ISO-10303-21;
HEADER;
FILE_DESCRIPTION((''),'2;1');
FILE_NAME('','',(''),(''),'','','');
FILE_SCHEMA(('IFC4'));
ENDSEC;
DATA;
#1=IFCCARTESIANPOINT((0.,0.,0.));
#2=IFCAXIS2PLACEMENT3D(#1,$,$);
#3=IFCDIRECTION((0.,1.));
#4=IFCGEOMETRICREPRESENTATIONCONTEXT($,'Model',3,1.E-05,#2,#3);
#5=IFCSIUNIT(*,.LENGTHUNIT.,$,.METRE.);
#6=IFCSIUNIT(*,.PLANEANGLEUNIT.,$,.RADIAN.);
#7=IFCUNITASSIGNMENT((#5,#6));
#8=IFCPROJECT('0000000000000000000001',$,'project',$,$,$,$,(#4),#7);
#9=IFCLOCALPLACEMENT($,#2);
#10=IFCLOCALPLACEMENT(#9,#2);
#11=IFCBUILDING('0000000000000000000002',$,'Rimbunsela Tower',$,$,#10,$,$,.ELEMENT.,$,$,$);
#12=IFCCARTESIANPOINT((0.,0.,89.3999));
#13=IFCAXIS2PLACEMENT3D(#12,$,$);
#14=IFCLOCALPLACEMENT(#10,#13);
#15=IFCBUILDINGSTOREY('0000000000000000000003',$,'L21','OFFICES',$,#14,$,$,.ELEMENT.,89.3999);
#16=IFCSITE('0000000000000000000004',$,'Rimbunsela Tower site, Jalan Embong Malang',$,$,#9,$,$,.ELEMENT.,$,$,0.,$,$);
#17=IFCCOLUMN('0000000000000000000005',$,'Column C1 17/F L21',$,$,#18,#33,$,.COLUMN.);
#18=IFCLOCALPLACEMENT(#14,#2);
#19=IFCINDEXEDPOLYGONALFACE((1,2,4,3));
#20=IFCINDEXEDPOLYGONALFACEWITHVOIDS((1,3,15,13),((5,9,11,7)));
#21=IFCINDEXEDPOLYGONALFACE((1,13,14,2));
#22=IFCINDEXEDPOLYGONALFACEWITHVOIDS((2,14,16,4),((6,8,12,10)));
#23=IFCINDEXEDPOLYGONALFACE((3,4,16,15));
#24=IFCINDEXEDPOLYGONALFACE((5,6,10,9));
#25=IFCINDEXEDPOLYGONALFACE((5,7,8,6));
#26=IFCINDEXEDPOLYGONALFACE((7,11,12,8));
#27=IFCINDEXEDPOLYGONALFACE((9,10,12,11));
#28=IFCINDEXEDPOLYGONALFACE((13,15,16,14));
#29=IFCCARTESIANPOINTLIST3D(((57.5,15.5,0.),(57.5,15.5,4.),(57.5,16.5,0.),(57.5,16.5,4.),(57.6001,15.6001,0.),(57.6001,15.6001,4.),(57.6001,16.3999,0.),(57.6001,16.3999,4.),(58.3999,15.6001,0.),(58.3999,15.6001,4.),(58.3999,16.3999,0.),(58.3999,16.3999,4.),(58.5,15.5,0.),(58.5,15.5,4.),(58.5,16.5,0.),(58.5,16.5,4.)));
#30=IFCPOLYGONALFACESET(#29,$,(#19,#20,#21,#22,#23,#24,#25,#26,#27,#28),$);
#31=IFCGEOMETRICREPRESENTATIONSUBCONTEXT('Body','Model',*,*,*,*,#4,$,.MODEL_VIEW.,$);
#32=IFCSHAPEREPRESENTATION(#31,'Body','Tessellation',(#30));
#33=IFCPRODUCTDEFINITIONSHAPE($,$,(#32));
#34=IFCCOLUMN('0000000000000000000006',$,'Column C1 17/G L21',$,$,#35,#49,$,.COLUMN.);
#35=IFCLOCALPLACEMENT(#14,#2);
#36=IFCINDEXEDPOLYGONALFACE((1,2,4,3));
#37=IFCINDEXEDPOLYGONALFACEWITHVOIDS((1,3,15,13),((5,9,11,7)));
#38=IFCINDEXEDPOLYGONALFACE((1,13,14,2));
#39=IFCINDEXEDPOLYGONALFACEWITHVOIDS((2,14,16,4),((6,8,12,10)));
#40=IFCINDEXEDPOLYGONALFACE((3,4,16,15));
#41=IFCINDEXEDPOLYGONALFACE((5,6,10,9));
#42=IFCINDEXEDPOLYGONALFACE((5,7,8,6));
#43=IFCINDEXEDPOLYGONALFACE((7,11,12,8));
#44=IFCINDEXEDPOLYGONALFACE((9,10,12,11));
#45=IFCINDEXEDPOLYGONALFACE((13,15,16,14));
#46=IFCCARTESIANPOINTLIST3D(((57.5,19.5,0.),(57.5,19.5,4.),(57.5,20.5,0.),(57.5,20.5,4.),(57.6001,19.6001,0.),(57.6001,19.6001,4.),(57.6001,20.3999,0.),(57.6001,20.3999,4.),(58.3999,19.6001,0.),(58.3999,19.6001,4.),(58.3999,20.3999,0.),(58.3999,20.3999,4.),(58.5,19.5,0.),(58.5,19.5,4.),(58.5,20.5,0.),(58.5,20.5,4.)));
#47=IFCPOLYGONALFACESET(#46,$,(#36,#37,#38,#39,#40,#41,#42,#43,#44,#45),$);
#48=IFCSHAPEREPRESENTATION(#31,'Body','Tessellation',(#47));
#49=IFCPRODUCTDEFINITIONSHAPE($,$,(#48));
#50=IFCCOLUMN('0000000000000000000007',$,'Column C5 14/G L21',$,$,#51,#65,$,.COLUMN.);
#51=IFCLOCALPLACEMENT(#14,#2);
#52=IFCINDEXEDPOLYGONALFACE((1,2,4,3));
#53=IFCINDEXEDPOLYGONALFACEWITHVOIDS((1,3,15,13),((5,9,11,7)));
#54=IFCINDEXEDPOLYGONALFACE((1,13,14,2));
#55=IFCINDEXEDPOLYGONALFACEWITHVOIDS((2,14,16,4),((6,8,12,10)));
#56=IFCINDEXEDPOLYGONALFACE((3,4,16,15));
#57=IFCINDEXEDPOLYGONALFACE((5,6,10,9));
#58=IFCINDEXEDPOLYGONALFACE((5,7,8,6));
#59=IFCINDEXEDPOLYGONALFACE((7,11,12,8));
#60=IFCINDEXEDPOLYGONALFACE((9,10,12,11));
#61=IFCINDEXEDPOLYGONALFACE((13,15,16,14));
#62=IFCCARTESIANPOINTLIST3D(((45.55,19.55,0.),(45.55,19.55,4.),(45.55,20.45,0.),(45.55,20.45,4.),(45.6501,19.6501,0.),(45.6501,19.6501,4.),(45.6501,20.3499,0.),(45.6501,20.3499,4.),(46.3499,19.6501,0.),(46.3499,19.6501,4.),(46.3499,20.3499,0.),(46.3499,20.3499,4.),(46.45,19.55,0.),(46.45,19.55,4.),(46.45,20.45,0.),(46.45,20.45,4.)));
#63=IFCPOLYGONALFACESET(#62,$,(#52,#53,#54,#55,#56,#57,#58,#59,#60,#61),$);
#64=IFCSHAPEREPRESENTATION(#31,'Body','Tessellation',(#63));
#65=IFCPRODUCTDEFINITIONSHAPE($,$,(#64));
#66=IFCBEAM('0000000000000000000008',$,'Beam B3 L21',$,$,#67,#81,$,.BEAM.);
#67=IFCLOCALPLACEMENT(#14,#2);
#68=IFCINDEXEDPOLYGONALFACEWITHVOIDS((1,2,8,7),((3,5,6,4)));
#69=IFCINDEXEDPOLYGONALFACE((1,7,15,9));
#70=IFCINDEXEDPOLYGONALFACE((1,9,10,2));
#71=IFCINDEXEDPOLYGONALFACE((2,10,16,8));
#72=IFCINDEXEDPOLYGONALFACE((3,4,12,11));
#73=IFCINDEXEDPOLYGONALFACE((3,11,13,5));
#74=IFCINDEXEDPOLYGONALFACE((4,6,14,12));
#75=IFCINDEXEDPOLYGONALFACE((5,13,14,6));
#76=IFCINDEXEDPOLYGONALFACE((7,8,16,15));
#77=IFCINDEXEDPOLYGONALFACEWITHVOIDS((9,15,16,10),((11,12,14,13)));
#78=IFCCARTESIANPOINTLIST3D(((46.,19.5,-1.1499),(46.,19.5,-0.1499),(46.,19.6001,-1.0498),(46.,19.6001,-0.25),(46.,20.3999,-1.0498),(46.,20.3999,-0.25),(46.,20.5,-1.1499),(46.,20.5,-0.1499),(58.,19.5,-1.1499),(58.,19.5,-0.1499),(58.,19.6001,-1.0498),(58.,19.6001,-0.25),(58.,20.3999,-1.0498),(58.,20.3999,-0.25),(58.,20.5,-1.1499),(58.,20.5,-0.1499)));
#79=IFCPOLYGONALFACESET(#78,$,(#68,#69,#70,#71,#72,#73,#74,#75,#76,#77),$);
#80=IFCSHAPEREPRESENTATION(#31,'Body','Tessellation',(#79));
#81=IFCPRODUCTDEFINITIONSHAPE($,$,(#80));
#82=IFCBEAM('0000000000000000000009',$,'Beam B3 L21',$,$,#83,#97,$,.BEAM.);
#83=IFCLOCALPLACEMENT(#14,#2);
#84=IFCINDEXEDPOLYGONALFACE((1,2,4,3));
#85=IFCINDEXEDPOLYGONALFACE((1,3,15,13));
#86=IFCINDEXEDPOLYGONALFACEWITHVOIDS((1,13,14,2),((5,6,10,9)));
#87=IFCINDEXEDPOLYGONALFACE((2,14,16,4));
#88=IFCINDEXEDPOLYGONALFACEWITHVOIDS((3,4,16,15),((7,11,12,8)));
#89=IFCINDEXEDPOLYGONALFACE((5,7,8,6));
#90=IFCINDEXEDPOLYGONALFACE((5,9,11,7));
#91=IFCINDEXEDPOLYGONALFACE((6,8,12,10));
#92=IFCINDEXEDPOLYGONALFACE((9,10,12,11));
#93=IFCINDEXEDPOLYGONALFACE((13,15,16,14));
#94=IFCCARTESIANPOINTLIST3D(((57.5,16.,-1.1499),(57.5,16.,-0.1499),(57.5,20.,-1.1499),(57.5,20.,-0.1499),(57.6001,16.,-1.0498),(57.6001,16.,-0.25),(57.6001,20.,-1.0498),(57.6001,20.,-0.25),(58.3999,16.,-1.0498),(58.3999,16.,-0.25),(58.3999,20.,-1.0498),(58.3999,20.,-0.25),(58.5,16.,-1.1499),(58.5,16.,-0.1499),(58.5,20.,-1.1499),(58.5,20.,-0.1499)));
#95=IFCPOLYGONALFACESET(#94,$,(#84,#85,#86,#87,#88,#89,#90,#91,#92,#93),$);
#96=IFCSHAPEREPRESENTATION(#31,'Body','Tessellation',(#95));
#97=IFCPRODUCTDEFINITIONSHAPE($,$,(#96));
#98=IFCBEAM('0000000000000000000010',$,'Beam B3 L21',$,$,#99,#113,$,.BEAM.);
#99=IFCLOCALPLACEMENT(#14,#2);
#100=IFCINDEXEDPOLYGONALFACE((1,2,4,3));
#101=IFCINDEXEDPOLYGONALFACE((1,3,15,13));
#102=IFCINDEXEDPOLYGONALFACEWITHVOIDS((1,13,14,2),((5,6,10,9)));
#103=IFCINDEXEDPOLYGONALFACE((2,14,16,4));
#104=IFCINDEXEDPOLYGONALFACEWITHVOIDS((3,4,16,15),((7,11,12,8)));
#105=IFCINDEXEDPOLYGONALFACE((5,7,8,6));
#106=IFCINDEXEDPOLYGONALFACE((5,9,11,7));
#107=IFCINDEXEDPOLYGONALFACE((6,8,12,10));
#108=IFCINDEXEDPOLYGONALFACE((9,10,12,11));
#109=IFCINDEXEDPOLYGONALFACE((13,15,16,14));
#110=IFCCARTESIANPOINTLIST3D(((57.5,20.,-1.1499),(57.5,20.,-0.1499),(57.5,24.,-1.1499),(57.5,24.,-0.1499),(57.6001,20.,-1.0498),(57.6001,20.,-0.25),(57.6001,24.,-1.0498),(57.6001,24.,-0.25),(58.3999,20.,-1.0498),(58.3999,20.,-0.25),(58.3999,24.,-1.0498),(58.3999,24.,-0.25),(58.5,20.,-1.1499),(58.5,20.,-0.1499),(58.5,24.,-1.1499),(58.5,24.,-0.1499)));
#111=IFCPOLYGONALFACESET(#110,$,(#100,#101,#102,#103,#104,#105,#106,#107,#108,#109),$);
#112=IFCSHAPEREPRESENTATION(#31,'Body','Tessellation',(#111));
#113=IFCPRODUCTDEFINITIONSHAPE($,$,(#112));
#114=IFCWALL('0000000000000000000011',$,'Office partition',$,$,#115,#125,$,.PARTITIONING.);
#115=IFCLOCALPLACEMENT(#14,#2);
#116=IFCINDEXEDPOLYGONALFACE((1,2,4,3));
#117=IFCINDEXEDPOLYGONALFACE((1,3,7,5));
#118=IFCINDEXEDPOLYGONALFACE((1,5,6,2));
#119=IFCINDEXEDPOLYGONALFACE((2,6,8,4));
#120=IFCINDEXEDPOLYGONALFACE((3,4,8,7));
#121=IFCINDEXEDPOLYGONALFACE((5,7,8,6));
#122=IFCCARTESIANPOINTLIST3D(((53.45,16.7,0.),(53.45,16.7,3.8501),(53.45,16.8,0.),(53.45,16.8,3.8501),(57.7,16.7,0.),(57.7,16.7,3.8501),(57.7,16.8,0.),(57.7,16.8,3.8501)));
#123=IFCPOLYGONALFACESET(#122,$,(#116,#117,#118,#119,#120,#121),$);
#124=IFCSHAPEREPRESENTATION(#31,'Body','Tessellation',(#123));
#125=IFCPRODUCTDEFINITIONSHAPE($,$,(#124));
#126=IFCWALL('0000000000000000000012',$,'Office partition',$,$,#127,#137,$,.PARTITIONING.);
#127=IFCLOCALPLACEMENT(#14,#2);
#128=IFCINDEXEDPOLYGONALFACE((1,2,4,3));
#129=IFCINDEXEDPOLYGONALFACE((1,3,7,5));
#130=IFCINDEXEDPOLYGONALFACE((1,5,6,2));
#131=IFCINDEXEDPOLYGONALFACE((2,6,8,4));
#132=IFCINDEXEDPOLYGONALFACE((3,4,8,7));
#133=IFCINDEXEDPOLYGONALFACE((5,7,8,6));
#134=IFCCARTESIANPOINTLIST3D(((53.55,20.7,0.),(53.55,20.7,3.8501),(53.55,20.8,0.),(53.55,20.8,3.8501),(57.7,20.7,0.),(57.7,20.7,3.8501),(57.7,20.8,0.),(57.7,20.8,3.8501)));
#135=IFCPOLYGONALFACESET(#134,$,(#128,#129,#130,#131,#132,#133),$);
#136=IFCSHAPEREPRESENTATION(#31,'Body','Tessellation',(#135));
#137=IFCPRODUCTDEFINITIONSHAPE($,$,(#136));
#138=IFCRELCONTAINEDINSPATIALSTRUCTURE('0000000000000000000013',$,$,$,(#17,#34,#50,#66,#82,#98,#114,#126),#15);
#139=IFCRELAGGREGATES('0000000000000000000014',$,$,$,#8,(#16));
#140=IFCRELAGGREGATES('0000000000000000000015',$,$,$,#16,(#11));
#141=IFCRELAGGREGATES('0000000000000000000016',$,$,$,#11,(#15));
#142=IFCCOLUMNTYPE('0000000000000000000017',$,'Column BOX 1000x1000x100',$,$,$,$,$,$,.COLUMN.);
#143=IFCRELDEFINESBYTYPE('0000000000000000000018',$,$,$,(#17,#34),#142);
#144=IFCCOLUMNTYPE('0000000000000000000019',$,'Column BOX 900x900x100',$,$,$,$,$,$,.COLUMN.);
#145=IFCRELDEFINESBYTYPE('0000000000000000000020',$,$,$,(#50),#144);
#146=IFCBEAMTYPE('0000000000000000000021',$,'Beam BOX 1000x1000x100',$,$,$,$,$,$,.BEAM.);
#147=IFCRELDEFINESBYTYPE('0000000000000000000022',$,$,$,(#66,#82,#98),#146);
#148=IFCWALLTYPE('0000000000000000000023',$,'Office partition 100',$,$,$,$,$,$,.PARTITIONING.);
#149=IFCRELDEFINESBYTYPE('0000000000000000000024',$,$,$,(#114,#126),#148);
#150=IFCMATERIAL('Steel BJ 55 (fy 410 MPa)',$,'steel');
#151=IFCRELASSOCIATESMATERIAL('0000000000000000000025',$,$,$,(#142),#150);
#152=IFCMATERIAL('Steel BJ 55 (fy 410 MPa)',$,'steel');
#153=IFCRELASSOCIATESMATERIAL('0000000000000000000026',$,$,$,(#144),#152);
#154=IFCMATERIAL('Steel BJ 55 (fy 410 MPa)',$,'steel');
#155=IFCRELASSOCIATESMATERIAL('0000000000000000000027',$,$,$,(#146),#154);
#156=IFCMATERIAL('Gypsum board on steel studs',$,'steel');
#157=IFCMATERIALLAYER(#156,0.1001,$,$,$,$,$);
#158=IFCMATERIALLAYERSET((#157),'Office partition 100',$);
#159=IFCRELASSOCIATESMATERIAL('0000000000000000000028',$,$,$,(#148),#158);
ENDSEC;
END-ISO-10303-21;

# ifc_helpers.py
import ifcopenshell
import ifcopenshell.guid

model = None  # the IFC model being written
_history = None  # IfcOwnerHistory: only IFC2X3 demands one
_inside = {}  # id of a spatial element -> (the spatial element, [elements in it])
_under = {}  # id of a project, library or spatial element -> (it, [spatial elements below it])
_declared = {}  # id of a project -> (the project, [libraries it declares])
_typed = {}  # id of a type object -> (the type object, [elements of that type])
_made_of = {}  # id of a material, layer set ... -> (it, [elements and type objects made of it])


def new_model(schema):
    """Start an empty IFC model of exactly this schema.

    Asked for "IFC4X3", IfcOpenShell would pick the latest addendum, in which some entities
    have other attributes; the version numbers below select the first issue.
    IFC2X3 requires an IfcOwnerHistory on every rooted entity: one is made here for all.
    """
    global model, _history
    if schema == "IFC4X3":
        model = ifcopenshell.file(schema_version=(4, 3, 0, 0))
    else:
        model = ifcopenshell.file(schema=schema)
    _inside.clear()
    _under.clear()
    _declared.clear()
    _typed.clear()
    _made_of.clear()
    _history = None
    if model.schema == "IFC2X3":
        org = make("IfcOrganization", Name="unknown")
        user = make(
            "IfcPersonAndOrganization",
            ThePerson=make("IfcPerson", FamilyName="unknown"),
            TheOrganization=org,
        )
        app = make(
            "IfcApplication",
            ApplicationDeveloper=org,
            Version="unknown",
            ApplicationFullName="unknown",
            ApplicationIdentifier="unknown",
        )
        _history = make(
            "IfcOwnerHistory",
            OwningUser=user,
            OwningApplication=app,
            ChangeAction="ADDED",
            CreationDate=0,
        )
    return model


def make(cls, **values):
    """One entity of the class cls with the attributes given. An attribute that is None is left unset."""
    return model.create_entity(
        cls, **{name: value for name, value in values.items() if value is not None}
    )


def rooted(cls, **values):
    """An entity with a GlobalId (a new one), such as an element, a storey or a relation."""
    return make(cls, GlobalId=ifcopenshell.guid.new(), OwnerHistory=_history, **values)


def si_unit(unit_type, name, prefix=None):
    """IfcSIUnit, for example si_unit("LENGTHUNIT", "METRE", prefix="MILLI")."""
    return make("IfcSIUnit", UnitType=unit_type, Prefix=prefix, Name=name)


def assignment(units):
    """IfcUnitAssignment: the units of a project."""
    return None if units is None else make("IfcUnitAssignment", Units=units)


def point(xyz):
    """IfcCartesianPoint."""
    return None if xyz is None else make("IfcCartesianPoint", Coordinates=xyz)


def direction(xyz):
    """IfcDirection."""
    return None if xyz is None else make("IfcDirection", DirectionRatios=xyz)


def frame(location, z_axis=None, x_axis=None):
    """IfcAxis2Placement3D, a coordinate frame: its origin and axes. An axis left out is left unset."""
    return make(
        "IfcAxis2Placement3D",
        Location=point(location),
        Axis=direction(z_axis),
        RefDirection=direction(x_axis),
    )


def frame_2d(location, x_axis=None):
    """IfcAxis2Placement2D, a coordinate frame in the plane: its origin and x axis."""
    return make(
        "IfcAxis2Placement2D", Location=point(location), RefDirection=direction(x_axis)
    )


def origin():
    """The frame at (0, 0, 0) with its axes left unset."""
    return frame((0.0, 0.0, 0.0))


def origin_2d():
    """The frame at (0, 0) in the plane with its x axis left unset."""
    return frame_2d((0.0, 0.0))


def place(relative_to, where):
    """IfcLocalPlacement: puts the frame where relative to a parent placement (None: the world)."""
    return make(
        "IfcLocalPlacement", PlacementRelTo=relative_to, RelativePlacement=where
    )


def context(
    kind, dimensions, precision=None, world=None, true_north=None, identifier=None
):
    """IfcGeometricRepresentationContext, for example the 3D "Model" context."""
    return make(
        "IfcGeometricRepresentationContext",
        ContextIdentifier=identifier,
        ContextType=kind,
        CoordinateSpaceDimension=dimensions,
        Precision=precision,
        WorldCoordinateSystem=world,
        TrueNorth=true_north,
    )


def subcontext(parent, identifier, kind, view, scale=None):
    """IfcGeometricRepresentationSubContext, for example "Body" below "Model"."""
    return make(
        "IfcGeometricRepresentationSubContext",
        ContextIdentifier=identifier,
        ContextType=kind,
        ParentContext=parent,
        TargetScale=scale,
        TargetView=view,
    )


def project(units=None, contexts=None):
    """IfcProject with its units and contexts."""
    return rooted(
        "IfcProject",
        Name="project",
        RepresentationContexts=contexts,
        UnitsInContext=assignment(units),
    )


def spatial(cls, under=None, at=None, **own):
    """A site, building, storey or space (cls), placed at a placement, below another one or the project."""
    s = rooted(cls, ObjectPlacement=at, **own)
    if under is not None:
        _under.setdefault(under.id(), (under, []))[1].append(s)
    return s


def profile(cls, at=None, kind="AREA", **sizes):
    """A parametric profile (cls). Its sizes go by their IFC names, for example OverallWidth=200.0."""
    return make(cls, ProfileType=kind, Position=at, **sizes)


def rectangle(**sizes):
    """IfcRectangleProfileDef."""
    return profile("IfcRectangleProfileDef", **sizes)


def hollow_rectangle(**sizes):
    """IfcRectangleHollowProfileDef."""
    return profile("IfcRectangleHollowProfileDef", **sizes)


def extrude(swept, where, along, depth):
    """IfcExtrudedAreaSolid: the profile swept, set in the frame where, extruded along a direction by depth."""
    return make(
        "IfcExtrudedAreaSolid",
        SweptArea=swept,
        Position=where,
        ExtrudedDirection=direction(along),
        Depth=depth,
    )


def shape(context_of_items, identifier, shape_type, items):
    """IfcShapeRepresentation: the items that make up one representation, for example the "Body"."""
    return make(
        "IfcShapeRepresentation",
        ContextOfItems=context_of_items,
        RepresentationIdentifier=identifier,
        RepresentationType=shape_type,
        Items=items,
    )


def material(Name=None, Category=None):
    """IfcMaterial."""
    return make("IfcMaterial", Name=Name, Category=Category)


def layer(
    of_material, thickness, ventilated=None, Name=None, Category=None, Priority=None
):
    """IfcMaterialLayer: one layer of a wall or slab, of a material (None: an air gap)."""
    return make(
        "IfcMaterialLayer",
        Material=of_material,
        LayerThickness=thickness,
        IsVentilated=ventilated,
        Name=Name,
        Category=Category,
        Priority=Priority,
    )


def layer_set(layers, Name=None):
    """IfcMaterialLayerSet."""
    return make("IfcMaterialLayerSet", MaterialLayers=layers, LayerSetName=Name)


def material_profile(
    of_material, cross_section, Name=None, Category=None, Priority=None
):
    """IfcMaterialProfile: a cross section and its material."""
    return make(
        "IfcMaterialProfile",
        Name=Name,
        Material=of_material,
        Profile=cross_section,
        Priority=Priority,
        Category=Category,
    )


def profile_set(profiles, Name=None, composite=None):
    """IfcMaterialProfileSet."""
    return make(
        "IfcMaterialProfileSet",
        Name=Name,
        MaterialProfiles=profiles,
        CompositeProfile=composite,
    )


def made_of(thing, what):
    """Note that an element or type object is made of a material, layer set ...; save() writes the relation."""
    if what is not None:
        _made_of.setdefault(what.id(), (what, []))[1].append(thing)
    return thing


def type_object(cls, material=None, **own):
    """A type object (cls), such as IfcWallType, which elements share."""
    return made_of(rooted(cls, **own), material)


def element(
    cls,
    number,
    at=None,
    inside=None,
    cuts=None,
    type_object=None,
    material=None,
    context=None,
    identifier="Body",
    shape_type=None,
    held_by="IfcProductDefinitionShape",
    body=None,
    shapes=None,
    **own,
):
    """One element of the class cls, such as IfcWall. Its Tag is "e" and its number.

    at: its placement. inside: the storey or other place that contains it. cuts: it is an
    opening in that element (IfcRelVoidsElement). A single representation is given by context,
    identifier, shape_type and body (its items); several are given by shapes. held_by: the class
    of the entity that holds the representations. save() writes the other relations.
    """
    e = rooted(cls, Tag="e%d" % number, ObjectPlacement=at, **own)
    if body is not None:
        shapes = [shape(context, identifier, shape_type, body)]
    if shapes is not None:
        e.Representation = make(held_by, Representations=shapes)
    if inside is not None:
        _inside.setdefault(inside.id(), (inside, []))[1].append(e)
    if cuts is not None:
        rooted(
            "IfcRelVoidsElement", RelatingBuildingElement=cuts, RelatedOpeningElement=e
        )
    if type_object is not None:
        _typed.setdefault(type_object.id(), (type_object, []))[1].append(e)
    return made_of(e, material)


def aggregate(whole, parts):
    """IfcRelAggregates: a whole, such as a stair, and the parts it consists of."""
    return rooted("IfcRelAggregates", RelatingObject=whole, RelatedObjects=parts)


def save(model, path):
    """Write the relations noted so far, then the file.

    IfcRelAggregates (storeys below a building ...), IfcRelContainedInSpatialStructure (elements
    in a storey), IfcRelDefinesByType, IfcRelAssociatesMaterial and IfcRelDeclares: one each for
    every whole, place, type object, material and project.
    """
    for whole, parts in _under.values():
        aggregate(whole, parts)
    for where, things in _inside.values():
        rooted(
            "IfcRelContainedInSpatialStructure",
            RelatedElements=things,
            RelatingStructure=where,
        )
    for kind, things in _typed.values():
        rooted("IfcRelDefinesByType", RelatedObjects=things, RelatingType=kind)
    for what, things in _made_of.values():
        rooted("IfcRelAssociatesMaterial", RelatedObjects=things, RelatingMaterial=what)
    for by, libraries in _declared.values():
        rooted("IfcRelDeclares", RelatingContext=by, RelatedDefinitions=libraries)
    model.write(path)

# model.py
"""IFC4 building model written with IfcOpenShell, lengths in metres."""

from ifc_helpers import new_model, si_unit, direction, frame, frame_2d, origin, origin_2d, place, context, subcontext, project, spatial, rectangle, hollow_rectangle, extrude, material, layer, layer_set, material_profile, profile_set, type_object, element, save


model = new_model("IFC4")

# Units and contexts
model_context = context("Model", 3, precision=1e-05, world=origin(), true_north=direction((0.0, 1.0)))
body_context = subcontext(model_context, "Body", "Model", "MODEL_VIEW")
ifc_project = project(units=[si_unit("LENGTHUNIT", "METRE"), si_unit("PLANEANGLEUNIT", "RADIAN")], contexts=[model_context])

# Site, building, storey
site_placement = place(None, origin())
site = spatial("IfcSite", under=ifc_project, at=site_placement, Name="Rimbunsela Tower site, Jalan Embong Malang", CompositionType="ELEMENT", RefElevation=0.0)
building_placement = place(site_placement, origin())
building = spatial("IfcBuilding", under=site, at=building_placement, Name="Rimbunsela Tower", CompositionType="ELEMENT")
storey_placement = place(building_placement, frame((0.0, 0.0, 89.3999)))
storey = spatial("IfcBuildingStorey", under=building, at=storey_placement, Name="L21", Description="OFFICES", CompositionType="ELEMENT", Elevation=89.3999)

# Columns
ifc_material_1 = material(Name="Steel BJ 55 (fy 410 MPa)", Category="steel")
ifc_material_profile_1 = material_profile(ifc_material_1, hollow_rectangle(XDim=1.0, YDim=1.0, WallThickness=0.1001, at=origin_2d()), Name="BOX 1000x1000x100")
ifc_profile_set_1 = profile_set([ifc_material_profile_1], Name="Steel BJ 55 (fy 410 MPa)")
column_type_1 = type_object("IfcColumnType", Name="Column BOX 1000x1000x100", PredefinedType="COLUMN", material=ifc_profile_set_1)
for number, where, z_axis, x_axis, name in (
    (1, (58.0, 16.0, 0.0), (0.0, 0.0, 1.0), (1.0, 0.0, 0.0), "Column C1 17/F L21"),
    (2, (58.0, 20.0, 0.0), (0.0, 0.0, 1.0), (1.0, 0.0, 0.0), "Column C1 17/G L21"),
):
    element("IfcColumn", number, at=place(storey_placement, frame(where, z_axis=z_axis, x_axis=x_axis)), inside=storey, type_object=column_type_1, Name=name, PredefinedType="COLUMN", context=body_context, shape_type="SweptSolid", body=[
        extrude(hollow_rectangle(XDim=1.0, YDim=1.0, WallThickness=0.1001, at=origin_2d()), origin(), (0.0, 0.0, 1.0), 4.0),
    ])
ifc_material_2 = material(Name="Steel BJ 55 (fy 410 MPa)", Category="steel")
ifc_material_profile_2 = material_profile(ifc_material_2, hollow_rectangle(XDim=0.8999, YDim=0.8999, WallThickness=0.1001, at=origin_2d()), Name="BOX 900x900x100")
ifc_profile_set_2 = profile_set([ifc_material_profile_2], Name="Steel BJ 55 (fy 410 MPa)")
column_type_2 = type_object("IfcColumnType", Name="Column BOX 900x900x100", PredefinedType="COLUMN", material=ifc_profile_set_2)
column_placement = place(storey_placement, frame((46.0, 20.0, 0.0), z_axis=(0.0, 0.0, 1.0), x_axis=(1.0, 0.0, 0.0)))
element("IfcColumn", 3, at=column_placement, inside=storey, type_object=column_type_2, Name="Column C5 14/G L21", PredefinedType="COLUMN", context=body_context, shape_type="SweptSolid", body=[
    extrude(hollow_rectangle(XDim=0.8999, YDim=0.8999, WallThickness=0.1001, at=origin_2d()), origin(), (0.0, 0.0, 1.0), 4.0),
])

# Beams
ifc_material_3 = material(Name="Steel BJ 55 (fy 410 MPa)", Category="steel")
ifc_material_profile_3 = material_profile(ifc_material_3, hollow_rectangle(XDim=1.0, YDim=1.0, WallThickness=0.1001, at=origin_2d()), Name="BOX 1000x1000x100")
ifc_profile_set_3 = profile_set([ifc_material_profile_3], Name="Steel BJ 55 (fy 410 MPa)")
beam_type = type_object("IfcBeamType", Name="Beam BOX 1000x1000x100", PredefinedType="BEAM", material=ifc_profile_set_3)
beam_placement = place(storey_placement, frame((46.0, 20.0, -0.6499), z_axis=(1.0, 0.0, 0.0), x_axis=(0.0, 1.0, 0.0)))
element("IfcBeam", 4, at=beam_placement, inside=storey, type_object=beam_type, Name="Beam B3 L21", PredefinedType="BEAM", context=body_context, shape_type="SweptSolid", body=[
    extrude(hollow_rectangle(XDim=1.0, YDim=1.0, WallThickness=0.1001, at=origin_2d()), origin(), (0.0, 0.0, 1.0), 12.0),
])
for number, where, z_axis, x_axis, name in (
    (5, (58.0, 16.0, -0.6499), (0.0, 1.0, 0.0), (-1.0, 0.0, 0.0), "Beam B3 L21"),
    (6, (58.0, 20.0, -0.6499), (0.0, 1.0, 0.0), (-1.0, 0.0, 0.0), "Beam B3 L21"),
):
    element("IfcBeam", number, at=place(storey_placement, frame(where, z_axis=z_axis, x_axis=x_axis)), inside=storey, type_object=beam_type, Name=name, PredefinedType="BEAM", context=body_context, shape_type="SweptSolid", body=[
        extrude(hollow_rectangle(XDim=1.0, YDim=1.0, WallThickness=0.1001, at=origin_2d()), origin(), (0.0, 0.0, 1.0), 4.0),
    ])

# Walls
ifc_material_4 = material(Name="Gypsum board on steel studs", Category="steel")
ifc_layer_1 = layer(ifc_material_4, 0.1001)
ifc_layer_set_1 = layer_set([ifc_layer_1], Name="Office partition 100")
wall_type_1 = type_object("IfcWallType", Name="Office partition 100", PredefinedType="PARTITIONING", material=ifc_layer_set_1)
wall_1_placement = place(storey_placement, frame((53.45, 16.75, 0.0), z_axis=(0.0, 0.0, 1.0), x_axis=(1.0, 0.0, 0.0)))
element("IfcWall", 7, at=wall_1_placement, inside=storey, type_object=wall_type_1, Name="Office partition", PredefinedType="PARTITIONING", context=body_context, shape_type="SweptSolid", body=[
    extrude(rectangle(XDim=4.25, YDim=0.1001, at=frame_2d((2.125, 0.0))), origin(), (0.0, 0.0, 1.0), 3.8501),
])
wall_2_placement = place(storey_placement, frame((53.55, 20.75, 0.0), z_axis=(0.0, 0.0, 1.0), x_axis=(1.0, 0.0, 0.0)))
element("IfcWall", 8, at=wall_2_placement, inside=storey, type_object=wall_type_1, Name="Office partition", PredefinedType="PARTITIONING", context=body_context, shape_type="SweptSolid", body=[
    extrude(rectangle(XDim=4.1499, YDim=0.1001, at=frame_2d((2.075, 0.0))), origin(), (0.0, 0.0, 1.0), 3.8501),
])

save(model, "model.ifc")
